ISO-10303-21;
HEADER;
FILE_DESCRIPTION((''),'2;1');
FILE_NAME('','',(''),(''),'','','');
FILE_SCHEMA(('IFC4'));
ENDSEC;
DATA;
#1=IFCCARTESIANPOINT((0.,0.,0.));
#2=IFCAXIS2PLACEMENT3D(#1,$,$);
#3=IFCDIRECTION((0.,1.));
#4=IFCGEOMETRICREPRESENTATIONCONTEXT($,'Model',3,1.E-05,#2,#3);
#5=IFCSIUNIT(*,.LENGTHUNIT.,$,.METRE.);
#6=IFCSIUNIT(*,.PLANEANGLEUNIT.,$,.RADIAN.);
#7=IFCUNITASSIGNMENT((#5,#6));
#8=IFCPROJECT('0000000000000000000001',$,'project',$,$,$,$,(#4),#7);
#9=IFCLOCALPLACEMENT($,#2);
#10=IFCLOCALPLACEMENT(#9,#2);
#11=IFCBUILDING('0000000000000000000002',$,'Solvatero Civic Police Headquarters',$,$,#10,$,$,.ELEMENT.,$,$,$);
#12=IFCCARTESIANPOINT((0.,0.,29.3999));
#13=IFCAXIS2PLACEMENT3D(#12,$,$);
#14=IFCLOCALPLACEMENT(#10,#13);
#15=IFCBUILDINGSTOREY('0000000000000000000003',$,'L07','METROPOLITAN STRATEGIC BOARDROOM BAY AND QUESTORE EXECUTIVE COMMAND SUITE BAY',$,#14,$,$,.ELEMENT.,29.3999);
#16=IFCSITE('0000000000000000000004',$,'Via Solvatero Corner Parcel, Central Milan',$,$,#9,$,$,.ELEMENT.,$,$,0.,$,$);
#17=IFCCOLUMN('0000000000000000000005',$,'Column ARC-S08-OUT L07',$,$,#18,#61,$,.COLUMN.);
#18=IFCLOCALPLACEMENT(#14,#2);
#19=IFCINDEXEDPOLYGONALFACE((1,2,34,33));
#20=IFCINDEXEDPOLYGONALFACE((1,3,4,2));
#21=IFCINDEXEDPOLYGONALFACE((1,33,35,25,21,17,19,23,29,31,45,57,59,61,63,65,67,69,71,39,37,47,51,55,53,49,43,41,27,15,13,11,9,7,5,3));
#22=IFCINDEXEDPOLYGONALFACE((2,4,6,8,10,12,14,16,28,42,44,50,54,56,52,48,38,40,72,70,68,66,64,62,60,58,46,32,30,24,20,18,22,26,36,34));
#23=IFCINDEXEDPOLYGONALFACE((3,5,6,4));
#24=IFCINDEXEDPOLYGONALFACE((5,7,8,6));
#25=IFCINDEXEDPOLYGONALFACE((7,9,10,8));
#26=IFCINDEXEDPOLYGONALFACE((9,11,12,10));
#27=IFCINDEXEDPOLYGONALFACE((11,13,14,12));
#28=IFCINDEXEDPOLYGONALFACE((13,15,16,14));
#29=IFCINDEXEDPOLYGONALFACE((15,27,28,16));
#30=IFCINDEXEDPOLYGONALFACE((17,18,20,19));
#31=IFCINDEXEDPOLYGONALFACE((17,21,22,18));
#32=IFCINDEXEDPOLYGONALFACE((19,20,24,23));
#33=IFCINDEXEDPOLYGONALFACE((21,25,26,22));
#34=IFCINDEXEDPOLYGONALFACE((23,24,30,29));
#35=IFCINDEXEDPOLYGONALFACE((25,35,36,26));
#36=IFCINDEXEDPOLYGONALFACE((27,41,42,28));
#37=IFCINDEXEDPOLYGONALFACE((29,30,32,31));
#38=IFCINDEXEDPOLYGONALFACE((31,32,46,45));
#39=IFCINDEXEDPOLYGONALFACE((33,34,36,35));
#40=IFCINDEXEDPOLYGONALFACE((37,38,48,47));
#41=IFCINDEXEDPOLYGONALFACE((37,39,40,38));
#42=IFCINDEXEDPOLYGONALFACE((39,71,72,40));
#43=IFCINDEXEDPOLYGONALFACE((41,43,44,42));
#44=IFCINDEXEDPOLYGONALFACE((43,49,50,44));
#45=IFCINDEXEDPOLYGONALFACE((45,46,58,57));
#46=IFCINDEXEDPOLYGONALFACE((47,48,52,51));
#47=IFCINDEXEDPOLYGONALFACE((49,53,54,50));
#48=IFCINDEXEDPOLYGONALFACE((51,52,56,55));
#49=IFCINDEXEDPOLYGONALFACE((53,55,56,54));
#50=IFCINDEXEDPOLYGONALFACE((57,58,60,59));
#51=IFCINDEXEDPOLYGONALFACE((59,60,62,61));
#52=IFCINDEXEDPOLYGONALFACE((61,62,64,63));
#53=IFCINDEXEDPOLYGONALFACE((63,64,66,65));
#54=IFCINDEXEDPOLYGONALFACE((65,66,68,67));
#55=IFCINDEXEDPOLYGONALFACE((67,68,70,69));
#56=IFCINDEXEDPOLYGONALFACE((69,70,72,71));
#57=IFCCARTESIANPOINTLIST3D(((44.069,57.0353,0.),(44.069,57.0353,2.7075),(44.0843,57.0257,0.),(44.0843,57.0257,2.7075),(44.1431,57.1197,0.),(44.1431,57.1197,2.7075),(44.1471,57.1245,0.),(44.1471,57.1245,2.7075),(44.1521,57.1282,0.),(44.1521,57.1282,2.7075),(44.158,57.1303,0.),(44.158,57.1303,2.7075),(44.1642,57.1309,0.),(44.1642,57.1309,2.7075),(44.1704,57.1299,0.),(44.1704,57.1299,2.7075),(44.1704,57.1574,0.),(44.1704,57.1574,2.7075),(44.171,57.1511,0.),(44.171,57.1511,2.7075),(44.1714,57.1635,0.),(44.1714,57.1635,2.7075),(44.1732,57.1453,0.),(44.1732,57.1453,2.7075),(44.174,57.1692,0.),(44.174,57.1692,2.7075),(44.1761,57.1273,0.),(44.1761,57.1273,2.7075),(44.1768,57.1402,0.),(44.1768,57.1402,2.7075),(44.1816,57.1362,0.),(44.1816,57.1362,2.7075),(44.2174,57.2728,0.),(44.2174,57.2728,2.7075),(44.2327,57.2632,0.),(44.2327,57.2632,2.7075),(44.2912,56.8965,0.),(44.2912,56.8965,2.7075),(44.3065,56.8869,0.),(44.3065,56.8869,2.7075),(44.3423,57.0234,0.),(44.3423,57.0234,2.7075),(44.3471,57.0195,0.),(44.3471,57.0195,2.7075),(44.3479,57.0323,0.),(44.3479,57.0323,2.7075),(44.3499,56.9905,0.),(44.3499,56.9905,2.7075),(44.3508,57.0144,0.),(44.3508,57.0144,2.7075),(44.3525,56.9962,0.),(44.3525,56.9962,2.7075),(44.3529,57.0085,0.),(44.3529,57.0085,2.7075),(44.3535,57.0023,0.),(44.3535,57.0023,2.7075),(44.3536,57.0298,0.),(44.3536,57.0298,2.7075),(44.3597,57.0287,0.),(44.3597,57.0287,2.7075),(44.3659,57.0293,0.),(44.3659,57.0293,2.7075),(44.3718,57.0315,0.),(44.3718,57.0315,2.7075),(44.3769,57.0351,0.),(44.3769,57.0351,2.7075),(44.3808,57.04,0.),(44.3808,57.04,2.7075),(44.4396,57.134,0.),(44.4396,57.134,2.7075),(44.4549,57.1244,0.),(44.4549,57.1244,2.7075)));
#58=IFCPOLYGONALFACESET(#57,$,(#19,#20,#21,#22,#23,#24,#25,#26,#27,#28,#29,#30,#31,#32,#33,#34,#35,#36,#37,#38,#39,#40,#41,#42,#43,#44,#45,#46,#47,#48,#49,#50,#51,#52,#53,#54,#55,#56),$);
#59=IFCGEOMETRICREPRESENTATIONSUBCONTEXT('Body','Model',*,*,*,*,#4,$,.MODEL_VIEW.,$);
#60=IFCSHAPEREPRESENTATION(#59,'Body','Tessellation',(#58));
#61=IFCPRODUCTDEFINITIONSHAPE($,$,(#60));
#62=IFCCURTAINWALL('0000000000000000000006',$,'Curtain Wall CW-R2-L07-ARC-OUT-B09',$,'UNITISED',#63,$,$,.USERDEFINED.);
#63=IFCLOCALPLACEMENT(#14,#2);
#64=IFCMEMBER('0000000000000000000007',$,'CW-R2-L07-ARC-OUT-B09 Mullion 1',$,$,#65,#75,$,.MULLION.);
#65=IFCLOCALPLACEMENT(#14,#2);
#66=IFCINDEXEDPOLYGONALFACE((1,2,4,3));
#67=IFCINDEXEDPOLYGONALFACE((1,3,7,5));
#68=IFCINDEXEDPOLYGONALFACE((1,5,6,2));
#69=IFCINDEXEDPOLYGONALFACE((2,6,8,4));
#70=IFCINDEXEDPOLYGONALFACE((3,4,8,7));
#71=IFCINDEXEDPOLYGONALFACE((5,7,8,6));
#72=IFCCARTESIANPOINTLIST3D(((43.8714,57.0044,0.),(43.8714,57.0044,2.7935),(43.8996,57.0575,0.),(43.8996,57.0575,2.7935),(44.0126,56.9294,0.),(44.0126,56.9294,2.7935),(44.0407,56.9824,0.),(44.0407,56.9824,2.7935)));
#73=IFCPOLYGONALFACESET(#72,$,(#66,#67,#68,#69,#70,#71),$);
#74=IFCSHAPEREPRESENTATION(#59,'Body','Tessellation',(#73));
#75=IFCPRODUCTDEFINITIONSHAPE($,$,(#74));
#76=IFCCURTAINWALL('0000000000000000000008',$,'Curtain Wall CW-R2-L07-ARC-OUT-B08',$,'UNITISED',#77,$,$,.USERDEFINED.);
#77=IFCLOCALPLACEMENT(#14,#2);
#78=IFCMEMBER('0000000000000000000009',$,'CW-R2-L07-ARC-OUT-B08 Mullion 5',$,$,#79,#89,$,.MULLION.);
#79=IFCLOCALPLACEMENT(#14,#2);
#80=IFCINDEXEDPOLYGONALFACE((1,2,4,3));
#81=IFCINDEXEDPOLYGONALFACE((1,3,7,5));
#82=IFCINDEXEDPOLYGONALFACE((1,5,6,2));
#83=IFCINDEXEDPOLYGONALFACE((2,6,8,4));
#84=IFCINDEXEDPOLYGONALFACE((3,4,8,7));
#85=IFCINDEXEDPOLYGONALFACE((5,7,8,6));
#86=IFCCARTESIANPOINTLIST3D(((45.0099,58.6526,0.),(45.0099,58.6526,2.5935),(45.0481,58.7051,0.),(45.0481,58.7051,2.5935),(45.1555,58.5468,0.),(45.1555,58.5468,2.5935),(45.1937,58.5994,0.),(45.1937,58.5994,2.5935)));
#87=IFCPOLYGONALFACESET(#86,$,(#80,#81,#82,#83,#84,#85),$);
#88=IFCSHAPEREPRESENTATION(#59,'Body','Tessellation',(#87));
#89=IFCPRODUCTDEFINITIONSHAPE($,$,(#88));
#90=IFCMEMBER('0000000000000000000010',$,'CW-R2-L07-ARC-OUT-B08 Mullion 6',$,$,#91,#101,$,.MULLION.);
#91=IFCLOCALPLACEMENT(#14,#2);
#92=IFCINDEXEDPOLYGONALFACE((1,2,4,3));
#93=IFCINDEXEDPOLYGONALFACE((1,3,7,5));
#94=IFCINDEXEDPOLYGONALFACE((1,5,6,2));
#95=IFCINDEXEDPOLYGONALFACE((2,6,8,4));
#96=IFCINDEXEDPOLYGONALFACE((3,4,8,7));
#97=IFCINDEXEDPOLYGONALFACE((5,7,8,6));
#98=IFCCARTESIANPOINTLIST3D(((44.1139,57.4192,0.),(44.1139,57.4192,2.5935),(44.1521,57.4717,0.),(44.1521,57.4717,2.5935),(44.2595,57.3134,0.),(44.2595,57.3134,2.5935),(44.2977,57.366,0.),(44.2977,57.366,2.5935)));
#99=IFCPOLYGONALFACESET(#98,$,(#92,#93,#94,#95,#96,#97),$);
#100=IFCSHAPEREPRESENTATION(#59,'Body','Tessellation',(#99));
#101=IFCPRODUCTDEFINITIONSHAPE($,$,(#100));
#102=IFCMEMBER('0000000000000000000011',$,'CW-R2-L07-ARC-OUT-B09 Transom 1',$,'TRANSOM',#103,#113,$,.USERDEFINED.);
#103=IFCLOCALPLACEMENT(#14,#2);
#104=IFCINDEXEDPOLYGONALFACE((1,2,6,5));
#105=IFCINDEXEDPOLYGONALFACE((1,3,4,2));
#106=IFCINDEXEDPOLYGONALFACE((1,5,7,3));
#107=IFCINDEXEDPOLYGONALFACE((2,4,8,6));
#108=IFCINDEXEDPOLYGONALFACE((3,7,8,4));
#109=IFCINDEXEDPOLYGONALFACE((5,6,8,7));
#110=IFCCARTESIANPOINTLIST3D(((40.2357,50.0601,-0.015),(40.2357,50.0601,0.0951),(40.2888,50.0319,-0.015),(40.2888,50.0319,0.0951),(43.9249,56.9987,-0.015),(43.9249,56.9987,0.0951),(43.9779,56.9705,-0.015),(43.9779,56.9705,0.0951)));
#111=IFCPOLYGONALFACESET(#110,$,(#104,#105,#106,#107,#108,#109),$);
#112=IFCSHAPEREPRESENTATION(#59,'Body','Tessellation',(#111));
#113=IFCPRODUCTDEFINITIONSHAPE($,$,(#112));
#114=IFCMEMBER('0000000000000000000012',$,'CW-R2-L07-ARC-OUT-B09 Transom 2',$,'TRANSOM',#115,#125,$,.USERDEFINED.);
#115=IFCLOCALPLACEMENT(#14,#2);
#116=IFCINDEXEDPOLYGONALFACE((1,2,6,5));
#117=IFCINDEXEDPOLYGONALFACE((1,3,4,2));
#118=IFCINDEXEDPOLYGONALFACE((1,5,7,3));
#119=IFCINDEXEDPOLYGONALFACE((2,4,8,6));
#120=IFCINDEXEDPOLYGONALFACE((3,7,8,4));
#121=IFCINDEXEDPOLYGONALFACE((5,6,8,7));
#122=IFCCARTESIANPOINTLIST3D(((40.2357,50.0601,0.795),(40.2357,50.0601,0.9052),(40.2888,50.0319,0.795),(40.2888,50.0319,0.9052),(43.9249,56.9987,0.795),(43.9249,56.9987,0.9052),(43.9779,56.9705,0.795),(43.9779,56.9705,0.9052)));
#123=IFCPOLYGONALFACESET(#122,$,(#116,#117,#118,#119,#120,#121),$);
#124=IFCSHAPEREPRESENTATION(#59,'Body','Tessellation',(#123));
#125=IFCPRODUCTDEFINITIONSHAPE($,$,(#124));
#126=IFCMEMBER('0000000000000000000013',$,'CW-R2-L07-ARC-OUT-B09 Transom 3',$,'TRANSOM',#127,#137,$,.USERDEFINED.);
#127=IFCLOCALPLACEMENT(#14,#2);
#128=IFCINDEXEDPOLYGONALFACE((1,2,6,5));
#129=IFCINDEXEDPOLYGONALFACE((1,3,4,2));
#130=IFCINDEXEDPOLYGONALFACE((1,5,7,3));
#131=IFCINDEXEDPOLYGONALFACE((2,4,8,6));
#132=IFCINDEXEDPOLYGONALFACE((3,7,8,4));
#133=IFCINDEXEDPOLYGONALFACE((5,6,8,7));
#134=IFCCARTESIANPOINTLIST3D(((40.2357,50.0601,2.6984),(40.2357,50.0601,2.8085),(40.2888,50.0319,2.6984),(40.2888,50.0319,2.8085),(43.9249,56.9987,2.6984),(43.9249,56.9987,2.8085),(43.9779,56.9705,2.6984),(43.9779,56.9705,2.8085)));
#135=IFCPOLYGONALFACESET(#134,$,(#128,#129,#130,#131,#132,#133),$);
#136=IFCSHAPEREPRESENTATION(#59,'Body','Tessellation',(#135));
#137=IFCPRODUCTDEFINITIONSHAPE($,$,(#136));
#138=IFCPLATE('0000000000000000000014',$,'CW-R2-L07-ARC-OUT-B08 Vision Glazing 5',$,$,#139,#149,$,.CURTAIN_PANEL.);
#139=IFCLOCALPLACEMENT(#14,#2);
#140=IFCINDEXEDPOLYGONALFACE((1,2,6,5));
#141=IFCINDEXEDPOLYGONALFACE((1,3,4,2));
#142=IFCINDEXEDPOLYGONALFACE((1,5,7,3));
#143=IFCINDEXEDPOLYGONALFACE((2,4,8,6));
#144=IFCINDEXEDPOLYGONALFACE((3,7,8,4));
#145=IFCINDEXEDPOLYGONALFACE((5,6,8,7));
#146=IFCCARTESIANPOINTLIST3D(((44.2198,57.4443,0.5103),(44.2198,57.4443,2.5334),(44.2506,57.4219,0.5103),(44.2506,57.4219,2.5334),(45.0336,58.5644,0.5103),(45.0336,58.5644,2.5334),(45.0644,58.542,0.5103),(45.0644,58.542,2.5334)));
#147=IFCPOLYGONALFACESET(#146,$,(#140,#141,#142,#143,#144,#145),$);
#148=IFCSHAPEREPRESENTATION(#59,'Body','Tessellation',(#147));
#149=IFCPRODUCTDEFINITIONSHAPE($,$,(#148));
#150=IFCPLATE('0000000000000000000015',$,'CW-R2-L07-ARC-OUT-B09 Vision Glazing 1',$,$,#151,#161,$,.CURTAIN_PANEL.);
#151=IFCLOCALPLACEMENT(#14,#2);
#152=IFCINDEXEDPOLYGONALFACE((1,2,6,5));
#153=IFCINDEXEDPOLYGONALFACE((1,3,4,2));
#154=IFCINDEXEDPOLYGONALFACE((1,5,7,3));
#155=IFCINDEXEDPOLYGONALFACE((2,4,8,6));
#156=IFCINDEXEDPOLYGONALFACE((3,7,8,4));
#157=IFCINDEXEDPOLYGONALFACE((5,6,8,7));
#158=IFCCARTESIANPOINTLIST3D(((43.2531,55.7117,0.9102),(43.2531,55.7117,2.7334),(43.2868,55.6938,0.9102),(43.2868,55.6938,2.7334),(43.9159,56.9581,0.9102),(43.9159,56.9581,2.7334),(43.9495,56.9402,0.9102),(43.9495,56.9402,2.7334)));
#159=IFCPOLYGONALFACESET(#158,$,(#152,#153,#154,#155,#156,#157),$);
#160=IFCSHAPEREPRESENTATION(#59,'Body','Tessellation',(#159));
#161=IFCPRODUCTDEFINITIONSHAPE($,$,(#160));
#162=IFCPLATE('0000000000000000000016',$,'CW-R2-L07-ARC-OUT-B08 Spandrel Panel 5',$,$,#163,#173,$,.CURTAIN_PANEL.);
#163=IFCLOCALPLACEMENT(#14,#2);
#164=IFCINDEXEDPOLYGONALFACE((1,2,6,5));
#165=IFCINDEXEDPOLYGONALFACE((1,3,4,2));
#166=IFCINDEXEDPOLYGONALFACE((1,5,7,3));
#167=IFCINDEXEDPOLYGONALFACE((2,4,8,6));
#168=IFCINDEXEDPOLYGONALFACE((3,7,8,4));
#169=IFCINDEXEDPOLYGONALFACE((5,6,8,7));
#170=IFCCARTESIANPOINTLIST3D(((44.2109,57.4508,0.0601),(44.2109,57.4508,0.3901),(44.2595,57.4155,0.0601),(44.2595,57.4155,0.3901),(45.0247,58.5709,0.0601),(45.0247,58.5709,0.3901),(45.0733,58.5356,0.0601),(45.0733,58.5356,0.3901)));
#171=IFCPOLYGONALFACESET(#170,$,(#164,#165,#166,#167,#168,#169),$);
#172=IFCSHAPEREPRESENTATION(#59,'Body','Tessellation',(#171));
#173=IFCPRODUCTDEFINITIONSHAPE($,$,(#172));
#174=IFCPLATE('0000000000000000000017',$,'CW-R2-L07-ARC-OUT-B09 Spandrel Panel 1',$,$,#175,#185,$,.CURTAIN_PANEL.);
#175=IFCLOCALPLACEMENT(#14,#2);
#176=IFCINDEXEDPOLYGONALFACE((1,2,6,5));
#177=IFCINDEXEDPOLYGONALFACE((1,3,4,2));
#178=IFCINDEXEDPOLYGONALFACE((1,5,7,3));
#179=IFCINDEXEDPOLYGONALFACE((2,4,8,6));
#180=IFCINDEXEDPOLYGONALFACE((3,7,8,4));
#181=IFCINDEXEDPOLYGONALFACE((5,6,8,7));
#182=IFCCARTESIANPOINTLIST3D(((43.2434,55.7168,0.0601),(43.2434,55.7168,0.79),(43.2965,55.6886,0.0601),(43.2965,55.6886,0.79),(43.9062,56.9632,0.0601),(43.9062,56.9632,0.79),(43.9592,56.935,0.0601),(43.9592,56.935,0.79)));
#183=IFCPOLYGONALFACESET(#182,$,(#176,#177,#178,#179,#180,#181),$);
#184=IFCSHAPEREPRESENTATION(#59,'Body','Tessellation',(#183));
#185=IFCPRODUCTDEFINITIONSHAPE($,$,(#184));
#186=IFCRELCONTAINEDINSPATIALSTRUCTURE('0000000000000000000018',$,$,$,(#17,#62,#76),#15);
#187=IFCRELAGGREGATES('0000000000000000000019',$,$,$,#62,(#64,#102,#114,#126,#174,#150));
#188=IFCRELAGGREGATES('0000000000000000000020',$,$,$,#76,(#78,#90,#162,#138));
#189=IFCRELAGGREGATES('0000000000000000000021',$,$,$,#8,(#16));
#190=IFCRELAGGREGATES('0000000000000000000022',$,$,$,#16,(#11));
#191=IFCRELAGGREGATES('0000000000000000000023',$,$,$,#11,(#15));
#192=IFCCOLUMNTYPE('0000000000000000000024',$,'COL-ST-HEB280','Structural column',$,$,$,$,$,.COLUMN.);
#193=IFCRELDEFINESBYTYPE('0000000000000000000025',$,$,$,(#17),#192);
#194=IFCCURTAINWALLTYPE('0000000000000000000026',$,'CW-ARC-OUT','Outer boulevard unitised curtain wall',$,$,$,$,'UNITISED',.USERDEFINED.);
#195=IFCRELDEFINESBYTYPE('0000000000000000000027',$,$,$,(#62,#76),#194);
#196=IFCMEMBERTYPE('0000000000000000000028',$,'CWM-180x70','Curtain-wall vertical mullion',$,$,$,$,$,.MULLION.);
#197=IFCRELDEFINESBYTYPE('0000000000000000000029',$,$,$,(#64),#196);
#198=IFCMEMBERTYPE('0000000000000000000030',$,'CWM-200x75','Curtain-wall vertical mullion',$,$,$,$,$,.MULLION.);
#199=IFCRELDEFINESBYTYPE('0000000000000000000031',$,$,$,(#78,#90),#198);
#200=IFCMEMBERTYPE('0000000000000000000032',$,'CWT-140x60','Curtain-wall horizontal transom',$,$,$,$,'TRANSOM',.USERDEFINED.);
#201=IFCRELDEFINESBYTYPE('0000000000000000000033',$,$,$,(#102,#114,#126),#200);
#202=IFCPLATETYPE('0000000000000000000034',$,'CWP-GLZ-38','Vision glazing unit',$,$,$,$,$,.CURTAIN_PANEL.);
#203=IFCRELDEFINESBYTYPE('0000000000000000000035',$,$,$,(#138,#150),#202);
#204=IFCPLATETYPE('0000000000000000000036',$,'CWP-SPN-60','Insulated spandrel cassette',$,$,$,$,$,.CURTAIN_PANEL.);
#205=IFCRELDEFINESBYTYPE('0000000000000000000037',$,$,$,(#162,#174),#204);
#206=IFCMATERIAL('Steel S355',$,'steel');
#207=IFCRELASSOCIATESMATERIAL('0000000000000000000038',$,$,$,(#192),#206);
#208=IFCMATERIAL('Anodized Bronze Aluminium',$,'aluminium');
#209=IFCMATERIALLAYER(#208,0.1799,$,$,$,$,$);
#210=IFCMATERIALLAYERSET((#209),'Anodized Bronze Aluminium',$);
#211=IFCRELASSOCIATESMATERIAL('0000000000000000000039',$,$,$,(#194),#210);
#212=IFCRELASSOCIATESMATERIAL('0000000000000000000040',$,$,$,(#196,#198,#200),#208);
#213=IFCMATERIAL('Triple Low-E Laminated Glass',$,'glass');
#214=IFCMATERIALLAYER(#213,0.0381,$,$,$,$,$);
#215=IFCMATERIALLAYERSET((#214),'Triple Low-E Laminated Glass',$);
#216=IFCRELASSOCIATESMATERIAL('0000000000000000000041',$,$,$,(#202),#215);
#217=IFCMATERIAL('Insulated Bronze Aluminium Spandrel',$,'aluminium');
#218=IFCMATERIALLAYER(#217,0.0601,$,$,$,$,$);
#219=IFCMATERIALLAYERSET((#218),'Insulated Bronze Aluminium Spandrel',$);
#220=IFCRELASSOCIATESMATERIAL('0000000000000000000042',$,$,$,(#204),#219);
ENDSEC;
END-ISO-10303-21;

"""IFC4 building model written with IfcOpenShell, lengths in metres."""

from ifc_helpers import new_model, si_unit, direction, frame, origin, origin_2d, place, context, subcontext, project, spatial, rectangle, i_section, extrude, material, layer, layer_set, material_profile, profile_set, type_object, element, aggregate, save


model = new_model("IFC4")

# Units and contexts
model_context = context("Model", 3, precision=1e-05, world=origin(), true_north=direction((0.0, 1.0)))
body_context = subcontext(model_context, "Body", "Model", "MODEL_VIEW")
ifc_project = project(units=[si_unit("LENGTHUNIT", "METRE"), si_unit("PLANEANGLEUNIT", "RADIAN")], contexts=[model_context])

# Site, building, storey
site_placement = place(None, origin())
site = spatial("IfcSite", under=ifc_project, at=site_placement, Name="Via Solvatero Corner Parcel, Central Milan", CompositionType="ELEMENT", RefElevation=0.0)
building_placement = place(site_placement, origin())
building = spatial("IfcBuilding", under=site, at=building_placement, Name="Solvatero Civic Police Headquarters", CompositionType="ELEMENT")
storey_placement = place(building_placement, frame((0.0, 0.0, 29.3999)))
storey = spatial("IfcBuildingStorey", under=building, at=storey_placement, Name="L07", Description="METROPOLITAN STRATEGIC BOARDROOM BAY AND QUESTORE EXECUTIVE COMMAND SUITE BAY", CompositionType="ELEMENT", Elevation=29.3999)

# Column
ifc_material_1 = material(Name="Steel S355", Category="steel")
ifc_material_profile_1 = material_profile(ifc_material_1, i_section(OverallWidth=0.28, OverallDepth=0.28, WebThickness=0.0105, FlangeThickness=0.0181, FilletRadius=0.0239, at=origin_2d()), Name="HEB 280")
ifc_profile_set_1 = profile_set([ifc_material_profile_1], Name="Steel S355")
column_type = type_object("IfcColumnType", Name="COL-ST-HEB280", Description="Structural column", PredefinedType="COLUMN", material=ifc_profile_set_1)
column_placement = place(storey_placement, frame((44.262, 57.0798, 0.0), z_axis=(0.0, 0.0, 1.0), x_axis=(0.529919, 0.848048, 0.0)))
element("IfcColumn", 1, at=column_placement, inside=storey, type_object=column_type, Name="Column ARC-S08-OUT L07", PredefinedType="COLUMN", context=body_context, shape_type="SweptSolid", body=[
    extrude(i_section(OverallWidth=0.28, OverallDepth=0.28, WebThickness=0.0105, FlangeThickness=0.0181, FilletRadius=0.0239, at=origin_2d()), origin(), (0.0, 0.0, 1.0), 2.7075),
])

# Curtain wall, member
ifc_material_2 = material(Name="Anodized Bronze Aluminium", Category="aluminium")
ifc_layer_1 = layer(ifc_material_2, 0.1799)
ifc_layer_set_1 = layer_set([ifc_layer_1], Name="Anodized Bronze Aluminium")
curtain_wall_type = type_object("IfcCurtainWallType", Name="CW-ARC-OUT", Description="Outer boulevard unitised curtain wall", ElementType="UNITISED", PredefinedType="USERDEFINED", material=ifc_layer_set_1)
curtain_wall_1_placement = place(storey_placement, origin())
curtain_wall_1 = element("IfcCurtainWall", 2, at=curtain_wall_1_placement, inside=storey, type_object=curtain_wall_type, Name="Curtain Wall CW-R2-L07-ARC-OUT-B09", ObjectType="UNITISED", PredefinedType="USERDEFINED")
ifc_material_profile_2 = material_profile(ifc_material_2, rectangle(XDim=0.0601, YDim=0.1599, at=origin_2d()), Name="ALU MULLION 60x160")
ifc_profile_set_2 = profile_set([ifc_material_profile_2], Name="Anodized Bronze Aluminium")
member_type_1 = type_object("IfcMemberType", Name="CWM-180x70", Description="Curtain-wall vertical mullion", PredefinedType="MULLION", material=ifc_profile_set_2)
member_1_placement = place(storey_placement, frame((43.9561, 56.9934, 0.0), z_axis=(0.0, 0.0, 1.0), x_axis=(-0.469472, -0.882948, 0.0)))
member_1 = element("IfcMember", 3, at=member_1_placement, type_object=member_type_1, Name="CW-R2-L07-ARC-OUT-B09 Mullion 1", PredefinedType="MULLION", context=body_context, shape_type="SweptSolid", body=[
    extrude(rectangle(XDim=0.0601, YDim=0.1599, at=origin_2d()), origin(), (0.0, 0.0, 1.0), 2.7935),
])

# Curtain wall, members
curtain_wall_2_placement = place(storey_placement, origin())
curtain_wall_2 = element("IfcCurtainWall", 4, at=curtain_wall_2_placement, inside=storey, type_object=curtain_wall_type, Name="Curtain Wall CW-R2-L07-ARC-OUT-B08", ObjectType="UNITISED", PredefinedType="USERDEFINED")
ifc_material_profile_3 = material_profile(ifc_material_2, rectangle(XDim=0.0649, YDim=0.1799, at=origin_2d()), Name="ALU MULLION 65x180")
ifc_profile_set_3 = profile_set([ifc_material_profile_3], Name="Anodized Bronze Aluminium")
member_type_2 = type_object("IfcMemberType", Name="CWM-200x75", Description="Curtain-wall vertical mullion", PredefinedType="MULLION", material=ifc_profile_set_3)
member_2_placement = place(storey_placement, frame((45.1018, 58.626, 0.0), z_axis=(0.0, 0.0, 1.0), x_axis=(-0.587785, -0.809017, 0.0)))
member_2 = element("IfcMember", 5, at=member_2_placement, type_object=member_type_2, Name="CW-R2-L07-ARC-OUT-B08 Mullion 5", PredefinedType="MULLION", context=body_context, shape_type="SweptSolid", body=[
    extrude(rectangle(XDim=0.0649, YDim=0.1799, at=origin_2d()), origin(), (0.0, 0.0, 1.0), 2.5935),
])
member_3_placement = place(storey_placement, frame((44.2058, 57.3926, 0.0), z_axis=(0.0, 0.0, 1.0), x_axis=(-0.587785, -0.809017, 0.0)))
member_3 = element("IfcMember", 6, at=member_3_placement, type_object=member_type_2, Name="CW-R2-L07-ARC-OUT-B08 Mullion 6", PredefinedType="MULLION", context=body_context, shape_type="SweptSolid", body=[
    extrude(rectangle(XDim=0.0649, YDim=0.1799, at=origin_2d()), origin(), (0.0, 0.0, 1.0), 2.5935),
])

# Members
ifc_material_profile_4 = material_profile(ifc_material_2, rectangle(XDim=0.0601, YDim=0.1101, at=origin_2d()), Name="ALU TRANSOM 60x110")
ifc_profile_set_4 = profile_set([ifc_material_profile_4], Name="Anodized Bronze Aluminium")
member_type_3 = type_object("IfcMemberType", Name="CWT-140x60", Description="Curtain-wall horizontal transom", ElementType="TRANSOM", PredefinedType="USERDEFINED", material=ifc_profile_set_4)
member_4_placement = place(storey_placement, frame((43.9514, 56.9846, 0.04), z_axis=(-0.469454, -0.882957, 0.0), x_axis=(0.882957, -0.469454, 0.0)))
member_4 = element("IfcMember", 7, at=member_4_placement, type_object=member_type_3, Name="CW-R2-L07-ARC-OUT-B09 Transom 1", ObjectType="TRANSOM", PredefinedType="USERDEFINED", context=body_context, shape_type="SweptSolid", body=[
    extrude(rectangle(XDim=0.0601, YDim=0.1101, at=origin_2d()), origin(), (0.0, 0.0, 1.0), 7.8584),
])
member_5_placement = place(storey_placement, frame((43.9514, 56.9846, 0.8501), z_axis=(-0.469454, -0.882957, 0.0), x_axis=(0.882957, -0.469454, 0.0)))
member_5 = element("IfcMember", 8, at=member_5_placement, type_object=member_type_3, Name="CW-R2-L07-ARC-OUT-B09 Transom 2", ObjectType="TRANSOM", PredefinedType="USERDEFINED", context=body_context, shape_type="SweptSolid", body=[
    extrude(rectangle(XDim=0.0601, YDim=0.1101, at=origin_2d()), origin(), (0.0, 0.0, 1.0), 7.8584),
])
member_6_placement = place(storey_placement, frame((43.9514, 56.9846, 2.7534), z_axis=(-0.469454, -0.882957, 0.0), x_axis=(0.882957, -0.469454, 0.0)))
member_6 = element("IfcMember", 9, at=member_6_placement, type_object=member_type_3, Name="CW-R2-L07-ARC-OUT-B09 Transom 3", ObjectType="TRANSOM", PredefinedType="USERDEFINED", context=body_context, shape_type="SweptSolid", body=[
    extrude(rectangle(XDim=0.0601, YDim=0.1101, at=origin_2d()), origin(), (0.0, 0.0, 1.0), 7.8584),
])

# Plates
ifc_material_3 = material(Name="Triple Low-E Laminated Glass", Category="glass")
ifc_layer_2 = layer(ifc_material_3, 0.0381)
ifc_layer_set_2 = layer_set([ifc_layer_2], Name="Triple Low-E Laminated Glass")
plate_type_1 = type_object("IfcPlateType", Name="CWP-GLZ-38", Description="Vision glazing unit", PredefinedType="CURTAIN_PANEL", material=ifc_layer_set_2)
plate_1_placement = place(storey_placement, frame((44.6421, 57.9932, 0.5103), z_axis=(0.0, 0.0, 1.0), x_axis=(-0.587785, -0.809017, 0.0)))
plate_1 = element("IfcPlate", 10, at=plate_1_placement, type_object=plate_type_1, Name="CW-R2-L07-ARC-OUT-B08 Vision Glazing 5", PredefinedType="CURTAIN_PANEL", context=body_context, shape_type="SweptSolid", body=[
    extrude(rectangle(XDim=1.3845, YDim=0.0381, at=origin_2d()), origin(), (0.0, 0.0, 1.0), 2.0232),
])
plate_2_placement = place(storey_placement, frame((43.6013, 56.3259, 0.9102), z_axis=(0.0, 0.0, 1.0), x_axis=(-0.469472, -0.882948, 0.0)))
plate_2 = element("IfcPlate", 11, at=plate_2_placement, type_object=plate_type_1, Name="CW-R2-L07-ARC-OUT-B09 Vision Glazing 1", PredefinedType="CURTAIN_PANEL", context=body_context, shape_type="SweptSolid", body=[
    extrude(rectangle(XDim=1.4116, YDim=0.0381, at=origin_2d()), origin(), (0.0, 0.0, 1.0), 1.8232),
])
ifc_material_4 = material(Name="Insulated Bronze Aluminium Spandrel", Category="aluminium")
ifc_layer_3 = layer(ifc_material_4, 0.0601)
ifc_layer_set_3 = layer_set([ifc_layer_3], Name="Insulated Bronze Aluminium Spandrel")
plate_type_2 = type_object("IfcPlateType", Name="CWP-SPN-60", Description="Insulated spandrel cassette", PredefinedType="CURTAIN_PANEL", material=ifc_layer_set_3)
plate_3_placement = place(storey_placement, frame((44.6421, 57.9932, 0.0601), z_axis=(0.0, 0.0, 1.0), x_axis=(-0.587785, -0.809017, 0.0)))
plate_3 = element("IfcPlate", 12, at=plate_3_placement, type_object=plate_type_2, Name="CW-R2-L07-ARC-OUT-B08 Spandrel Panel 5", PredefinedType="CURTAIN_PANEL", context=body_context, shape_type="SweptSolid", body=[
    extrude(rectangle(XDim=1.3845, YDim=0.0601, at=origin_2d()), origin(), (0.0, 0.0, 1.0), 0.3301),
])
plate_4_placement = place(storey_placement, frame((43.6013, 56.3259, 0.0601), z_axis=(0.0, 0.0, 1.0), x_axis=(-0.469472, -0.882948, 0.0)))
plate_4 = element("IfcPlate", 13, at=plate_4_placement, type_object=plate_type_2, Name="CW-R2-L07-ARC-OUT-B09 Spandrel Panel 1", PredefinedType="CURTAIN_PANEL", context=body_context, shape_type="SweptSolid", body=[
    extrude(rectangle(XDim=1.4116, YDim=0.0601, at=origin_2d()), origin(), (0.0, 0.0, 1.0), 0.73),
])
aggregate(curtain_wall_1, [member_1, member_4, member_5, member_6, plate_4, plate_2])
aggregate(curtain_wall_2, [member_2, member_3, plate_3, plate_1])

save(model, "model.ifc")
